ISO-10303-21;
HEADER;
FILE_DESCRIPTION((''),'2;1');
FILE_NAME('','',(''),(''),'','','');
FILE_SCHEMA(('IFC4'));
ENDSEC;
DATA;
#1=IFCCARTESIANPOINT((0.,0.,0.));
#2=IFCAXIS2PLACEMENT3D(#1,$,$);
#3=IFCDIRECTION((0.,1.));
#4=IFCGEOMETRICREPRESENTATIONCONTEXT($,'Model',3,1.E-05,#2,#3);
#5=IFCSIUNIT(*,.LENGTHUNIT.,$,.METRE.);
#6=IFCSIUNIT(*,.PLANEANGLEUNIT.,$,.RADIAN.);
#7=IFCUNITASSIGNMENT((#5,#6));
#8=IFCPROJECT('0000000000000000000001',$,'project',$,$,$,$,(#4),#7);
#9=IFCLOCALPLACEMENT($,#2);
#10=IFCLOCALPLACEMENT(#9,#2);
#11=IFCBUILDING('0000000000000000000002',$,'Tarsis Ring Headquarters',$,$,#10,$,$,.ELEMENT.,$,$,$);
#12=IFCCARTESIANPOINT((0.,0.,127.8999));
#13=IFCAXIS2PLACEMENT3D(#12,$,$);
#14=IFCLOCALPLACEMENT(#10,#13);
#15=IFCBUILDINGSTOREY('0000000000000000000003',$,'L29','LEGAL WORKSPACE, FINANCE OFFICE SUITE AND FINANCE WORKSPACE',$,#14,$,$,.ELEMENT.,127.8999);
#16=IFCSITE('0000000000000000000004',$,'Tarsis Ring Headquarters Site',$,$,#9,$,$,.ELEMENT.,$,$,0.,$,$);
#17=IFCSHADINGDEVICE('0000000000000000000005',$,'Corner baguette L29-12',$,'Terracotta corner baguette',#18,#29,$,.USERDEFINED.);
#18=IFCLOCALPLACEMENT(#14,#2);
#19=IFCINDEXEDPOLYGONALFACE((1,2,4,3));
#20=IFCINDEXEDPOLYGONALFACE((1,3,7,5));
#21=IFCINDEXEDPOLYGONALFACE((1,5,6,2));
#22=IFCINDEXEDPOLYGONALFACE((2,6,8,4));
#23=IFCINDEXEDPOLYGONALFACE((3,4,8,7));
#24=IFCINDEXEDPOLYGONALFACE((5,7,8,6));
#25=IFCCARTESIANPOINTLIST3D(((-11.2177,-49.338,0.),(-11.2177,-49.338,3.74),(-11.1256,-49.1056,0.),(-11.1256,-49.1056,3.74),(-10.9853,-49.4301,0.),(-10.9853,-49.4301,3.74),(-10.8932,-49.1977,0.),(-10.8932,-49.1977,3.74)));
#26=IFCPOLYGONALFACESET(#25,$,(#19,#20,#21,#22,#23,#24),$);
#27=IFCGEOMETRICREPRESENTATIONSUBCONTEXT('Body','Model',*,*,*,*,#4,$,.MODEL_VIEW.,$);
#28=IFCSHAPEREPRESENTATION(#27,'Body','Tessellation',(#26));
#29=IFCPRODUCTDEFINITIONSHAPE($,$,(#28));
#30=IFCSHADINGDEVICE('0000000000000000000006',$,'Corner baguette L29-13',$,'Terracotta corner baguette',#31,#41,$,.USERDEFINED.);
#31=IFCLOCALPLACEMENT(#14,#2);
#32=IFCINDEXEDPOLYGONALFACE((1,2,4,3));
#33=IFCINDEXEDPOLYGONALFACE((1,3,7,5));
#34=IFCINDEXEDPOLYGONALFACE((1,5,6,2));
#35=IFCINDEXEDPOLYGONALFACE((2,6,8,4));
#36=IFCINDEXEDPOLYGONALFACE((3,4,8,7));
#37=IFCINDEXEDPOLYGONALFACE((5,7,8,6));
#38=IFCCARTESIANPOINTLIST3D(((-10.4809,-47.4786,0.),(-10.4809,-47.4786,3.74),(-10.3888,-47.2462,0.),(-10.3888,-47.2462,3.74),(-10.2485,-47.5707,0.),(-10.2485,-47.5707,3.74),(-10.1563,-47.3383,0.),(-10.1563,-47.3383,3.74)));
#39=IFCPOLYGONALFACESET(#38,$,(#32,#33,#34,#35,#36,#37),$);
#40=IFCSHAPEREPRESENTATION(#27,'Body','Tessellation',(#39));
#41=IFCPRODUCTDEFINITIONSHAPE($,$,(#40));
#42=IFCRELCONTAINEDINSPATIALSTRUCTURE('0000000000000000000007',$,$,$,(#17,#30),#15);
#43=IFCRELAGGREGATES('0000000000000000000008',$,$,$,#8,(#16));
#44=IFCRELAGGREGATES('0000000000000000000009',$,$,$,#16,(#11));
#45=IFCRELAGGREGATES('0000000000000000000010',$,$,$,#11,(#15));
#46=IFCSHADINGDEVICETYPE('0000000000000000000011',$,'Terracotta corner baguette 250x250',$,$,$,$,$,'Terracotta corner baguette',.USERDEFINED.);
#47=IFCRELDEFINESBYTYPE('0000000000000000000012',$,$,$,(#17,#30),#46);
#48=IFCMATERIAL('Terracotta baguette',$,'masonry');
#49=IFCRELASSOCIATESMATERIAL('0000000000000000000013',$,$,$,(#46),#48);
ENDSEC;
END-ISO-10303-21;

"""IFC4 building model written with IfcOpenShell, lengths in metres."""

from ifc_helpers import new_model, si_unit, direction, frame, origin, origin_2d, place, context, subcontext, project, spatial, rectangle, extrude, material, type_object, element, save


model = new_model("IFC4")

# Units and contexts
model_context = context("Model", 3, precision=1e-05, world=origin(), true_north=direction((0.0, 1.0)))
body_context = subcontext(model_context, "Body", "Model", "MODEL_VIEW")
ifc_project = project(units=[si_unit("LENGTHUNIT", "METRE"), si_unit("PLANEANGLEUNIT", "RADIAN")], contexts=[model_context])

# Site, building, storey
site_placement = place(None, origin())
site = spatial("IfcSite", under=ifc_project, at=site_placement, Name="Tarsis Ring Headquarters Site", CompositionType="ELEMENT", RefElevation=0.0)
building_placement = place(site_placement, origin())
building = spatial("IfcBuilding", under=site, at=building_placement, Name="Tarsis Ring Headquarters", CompositionType="ELEMENT")
storey_placement = place(building_placement, frame((0.0, 0.0, 127.8999)))
storey = spatial("IfcBuildingStorey", under=building, at=storey_placement, Name="L29", Description="LEGAL WORKSPACE, FINANCE OFFICE SUITE AND FINANCE WORKSPACE", CompositionType="ELEMENT", Elevation=127.8999)

# Shading devices
ifc_material_1 = material(Name="Terracotta baguette", Category="masonry")
shading_device_type_1 = type_object("IfcShadingDeviceType", Name="Terracotta corner baguette 250x250", ElementType="Terracotta corner baguette", PredefinedType="USERDEFINED", material=ifc_material_1)
for number, where, z_axis, x_axis, name in (
    (1, (-11.0554, -49.2678, 0.0), (0.0, 0.0, 1.0), (0.929648, -0.368449, 0.0), "Corner baguette L29-12"),
    (2, (-10.3186, -47.4084, 0.0), (0.0, 0.0, 1.0), (0.368449, 0.929648, 0.0), "Corner baguette L29-13"),
):
    element("IfcShadingDevice", number, at=place(storey_placement, frame(where, z_axis=z_axis, x_axis=x_axis)), inside=storey, type_object=shading_device_type_1, Name=name, ObjectType="Terracotta corner baguette", PredefinedType="USERDEFINED", context=body_context, shape_type="SweptSolid", body=[
        extrude(rectangle(XDim=0.25, YDim=0.25, at=origin_2d()), origin(), (0.0, 0.0, 1.0), 3.74),
    ])

save(model, "model.ifc")
